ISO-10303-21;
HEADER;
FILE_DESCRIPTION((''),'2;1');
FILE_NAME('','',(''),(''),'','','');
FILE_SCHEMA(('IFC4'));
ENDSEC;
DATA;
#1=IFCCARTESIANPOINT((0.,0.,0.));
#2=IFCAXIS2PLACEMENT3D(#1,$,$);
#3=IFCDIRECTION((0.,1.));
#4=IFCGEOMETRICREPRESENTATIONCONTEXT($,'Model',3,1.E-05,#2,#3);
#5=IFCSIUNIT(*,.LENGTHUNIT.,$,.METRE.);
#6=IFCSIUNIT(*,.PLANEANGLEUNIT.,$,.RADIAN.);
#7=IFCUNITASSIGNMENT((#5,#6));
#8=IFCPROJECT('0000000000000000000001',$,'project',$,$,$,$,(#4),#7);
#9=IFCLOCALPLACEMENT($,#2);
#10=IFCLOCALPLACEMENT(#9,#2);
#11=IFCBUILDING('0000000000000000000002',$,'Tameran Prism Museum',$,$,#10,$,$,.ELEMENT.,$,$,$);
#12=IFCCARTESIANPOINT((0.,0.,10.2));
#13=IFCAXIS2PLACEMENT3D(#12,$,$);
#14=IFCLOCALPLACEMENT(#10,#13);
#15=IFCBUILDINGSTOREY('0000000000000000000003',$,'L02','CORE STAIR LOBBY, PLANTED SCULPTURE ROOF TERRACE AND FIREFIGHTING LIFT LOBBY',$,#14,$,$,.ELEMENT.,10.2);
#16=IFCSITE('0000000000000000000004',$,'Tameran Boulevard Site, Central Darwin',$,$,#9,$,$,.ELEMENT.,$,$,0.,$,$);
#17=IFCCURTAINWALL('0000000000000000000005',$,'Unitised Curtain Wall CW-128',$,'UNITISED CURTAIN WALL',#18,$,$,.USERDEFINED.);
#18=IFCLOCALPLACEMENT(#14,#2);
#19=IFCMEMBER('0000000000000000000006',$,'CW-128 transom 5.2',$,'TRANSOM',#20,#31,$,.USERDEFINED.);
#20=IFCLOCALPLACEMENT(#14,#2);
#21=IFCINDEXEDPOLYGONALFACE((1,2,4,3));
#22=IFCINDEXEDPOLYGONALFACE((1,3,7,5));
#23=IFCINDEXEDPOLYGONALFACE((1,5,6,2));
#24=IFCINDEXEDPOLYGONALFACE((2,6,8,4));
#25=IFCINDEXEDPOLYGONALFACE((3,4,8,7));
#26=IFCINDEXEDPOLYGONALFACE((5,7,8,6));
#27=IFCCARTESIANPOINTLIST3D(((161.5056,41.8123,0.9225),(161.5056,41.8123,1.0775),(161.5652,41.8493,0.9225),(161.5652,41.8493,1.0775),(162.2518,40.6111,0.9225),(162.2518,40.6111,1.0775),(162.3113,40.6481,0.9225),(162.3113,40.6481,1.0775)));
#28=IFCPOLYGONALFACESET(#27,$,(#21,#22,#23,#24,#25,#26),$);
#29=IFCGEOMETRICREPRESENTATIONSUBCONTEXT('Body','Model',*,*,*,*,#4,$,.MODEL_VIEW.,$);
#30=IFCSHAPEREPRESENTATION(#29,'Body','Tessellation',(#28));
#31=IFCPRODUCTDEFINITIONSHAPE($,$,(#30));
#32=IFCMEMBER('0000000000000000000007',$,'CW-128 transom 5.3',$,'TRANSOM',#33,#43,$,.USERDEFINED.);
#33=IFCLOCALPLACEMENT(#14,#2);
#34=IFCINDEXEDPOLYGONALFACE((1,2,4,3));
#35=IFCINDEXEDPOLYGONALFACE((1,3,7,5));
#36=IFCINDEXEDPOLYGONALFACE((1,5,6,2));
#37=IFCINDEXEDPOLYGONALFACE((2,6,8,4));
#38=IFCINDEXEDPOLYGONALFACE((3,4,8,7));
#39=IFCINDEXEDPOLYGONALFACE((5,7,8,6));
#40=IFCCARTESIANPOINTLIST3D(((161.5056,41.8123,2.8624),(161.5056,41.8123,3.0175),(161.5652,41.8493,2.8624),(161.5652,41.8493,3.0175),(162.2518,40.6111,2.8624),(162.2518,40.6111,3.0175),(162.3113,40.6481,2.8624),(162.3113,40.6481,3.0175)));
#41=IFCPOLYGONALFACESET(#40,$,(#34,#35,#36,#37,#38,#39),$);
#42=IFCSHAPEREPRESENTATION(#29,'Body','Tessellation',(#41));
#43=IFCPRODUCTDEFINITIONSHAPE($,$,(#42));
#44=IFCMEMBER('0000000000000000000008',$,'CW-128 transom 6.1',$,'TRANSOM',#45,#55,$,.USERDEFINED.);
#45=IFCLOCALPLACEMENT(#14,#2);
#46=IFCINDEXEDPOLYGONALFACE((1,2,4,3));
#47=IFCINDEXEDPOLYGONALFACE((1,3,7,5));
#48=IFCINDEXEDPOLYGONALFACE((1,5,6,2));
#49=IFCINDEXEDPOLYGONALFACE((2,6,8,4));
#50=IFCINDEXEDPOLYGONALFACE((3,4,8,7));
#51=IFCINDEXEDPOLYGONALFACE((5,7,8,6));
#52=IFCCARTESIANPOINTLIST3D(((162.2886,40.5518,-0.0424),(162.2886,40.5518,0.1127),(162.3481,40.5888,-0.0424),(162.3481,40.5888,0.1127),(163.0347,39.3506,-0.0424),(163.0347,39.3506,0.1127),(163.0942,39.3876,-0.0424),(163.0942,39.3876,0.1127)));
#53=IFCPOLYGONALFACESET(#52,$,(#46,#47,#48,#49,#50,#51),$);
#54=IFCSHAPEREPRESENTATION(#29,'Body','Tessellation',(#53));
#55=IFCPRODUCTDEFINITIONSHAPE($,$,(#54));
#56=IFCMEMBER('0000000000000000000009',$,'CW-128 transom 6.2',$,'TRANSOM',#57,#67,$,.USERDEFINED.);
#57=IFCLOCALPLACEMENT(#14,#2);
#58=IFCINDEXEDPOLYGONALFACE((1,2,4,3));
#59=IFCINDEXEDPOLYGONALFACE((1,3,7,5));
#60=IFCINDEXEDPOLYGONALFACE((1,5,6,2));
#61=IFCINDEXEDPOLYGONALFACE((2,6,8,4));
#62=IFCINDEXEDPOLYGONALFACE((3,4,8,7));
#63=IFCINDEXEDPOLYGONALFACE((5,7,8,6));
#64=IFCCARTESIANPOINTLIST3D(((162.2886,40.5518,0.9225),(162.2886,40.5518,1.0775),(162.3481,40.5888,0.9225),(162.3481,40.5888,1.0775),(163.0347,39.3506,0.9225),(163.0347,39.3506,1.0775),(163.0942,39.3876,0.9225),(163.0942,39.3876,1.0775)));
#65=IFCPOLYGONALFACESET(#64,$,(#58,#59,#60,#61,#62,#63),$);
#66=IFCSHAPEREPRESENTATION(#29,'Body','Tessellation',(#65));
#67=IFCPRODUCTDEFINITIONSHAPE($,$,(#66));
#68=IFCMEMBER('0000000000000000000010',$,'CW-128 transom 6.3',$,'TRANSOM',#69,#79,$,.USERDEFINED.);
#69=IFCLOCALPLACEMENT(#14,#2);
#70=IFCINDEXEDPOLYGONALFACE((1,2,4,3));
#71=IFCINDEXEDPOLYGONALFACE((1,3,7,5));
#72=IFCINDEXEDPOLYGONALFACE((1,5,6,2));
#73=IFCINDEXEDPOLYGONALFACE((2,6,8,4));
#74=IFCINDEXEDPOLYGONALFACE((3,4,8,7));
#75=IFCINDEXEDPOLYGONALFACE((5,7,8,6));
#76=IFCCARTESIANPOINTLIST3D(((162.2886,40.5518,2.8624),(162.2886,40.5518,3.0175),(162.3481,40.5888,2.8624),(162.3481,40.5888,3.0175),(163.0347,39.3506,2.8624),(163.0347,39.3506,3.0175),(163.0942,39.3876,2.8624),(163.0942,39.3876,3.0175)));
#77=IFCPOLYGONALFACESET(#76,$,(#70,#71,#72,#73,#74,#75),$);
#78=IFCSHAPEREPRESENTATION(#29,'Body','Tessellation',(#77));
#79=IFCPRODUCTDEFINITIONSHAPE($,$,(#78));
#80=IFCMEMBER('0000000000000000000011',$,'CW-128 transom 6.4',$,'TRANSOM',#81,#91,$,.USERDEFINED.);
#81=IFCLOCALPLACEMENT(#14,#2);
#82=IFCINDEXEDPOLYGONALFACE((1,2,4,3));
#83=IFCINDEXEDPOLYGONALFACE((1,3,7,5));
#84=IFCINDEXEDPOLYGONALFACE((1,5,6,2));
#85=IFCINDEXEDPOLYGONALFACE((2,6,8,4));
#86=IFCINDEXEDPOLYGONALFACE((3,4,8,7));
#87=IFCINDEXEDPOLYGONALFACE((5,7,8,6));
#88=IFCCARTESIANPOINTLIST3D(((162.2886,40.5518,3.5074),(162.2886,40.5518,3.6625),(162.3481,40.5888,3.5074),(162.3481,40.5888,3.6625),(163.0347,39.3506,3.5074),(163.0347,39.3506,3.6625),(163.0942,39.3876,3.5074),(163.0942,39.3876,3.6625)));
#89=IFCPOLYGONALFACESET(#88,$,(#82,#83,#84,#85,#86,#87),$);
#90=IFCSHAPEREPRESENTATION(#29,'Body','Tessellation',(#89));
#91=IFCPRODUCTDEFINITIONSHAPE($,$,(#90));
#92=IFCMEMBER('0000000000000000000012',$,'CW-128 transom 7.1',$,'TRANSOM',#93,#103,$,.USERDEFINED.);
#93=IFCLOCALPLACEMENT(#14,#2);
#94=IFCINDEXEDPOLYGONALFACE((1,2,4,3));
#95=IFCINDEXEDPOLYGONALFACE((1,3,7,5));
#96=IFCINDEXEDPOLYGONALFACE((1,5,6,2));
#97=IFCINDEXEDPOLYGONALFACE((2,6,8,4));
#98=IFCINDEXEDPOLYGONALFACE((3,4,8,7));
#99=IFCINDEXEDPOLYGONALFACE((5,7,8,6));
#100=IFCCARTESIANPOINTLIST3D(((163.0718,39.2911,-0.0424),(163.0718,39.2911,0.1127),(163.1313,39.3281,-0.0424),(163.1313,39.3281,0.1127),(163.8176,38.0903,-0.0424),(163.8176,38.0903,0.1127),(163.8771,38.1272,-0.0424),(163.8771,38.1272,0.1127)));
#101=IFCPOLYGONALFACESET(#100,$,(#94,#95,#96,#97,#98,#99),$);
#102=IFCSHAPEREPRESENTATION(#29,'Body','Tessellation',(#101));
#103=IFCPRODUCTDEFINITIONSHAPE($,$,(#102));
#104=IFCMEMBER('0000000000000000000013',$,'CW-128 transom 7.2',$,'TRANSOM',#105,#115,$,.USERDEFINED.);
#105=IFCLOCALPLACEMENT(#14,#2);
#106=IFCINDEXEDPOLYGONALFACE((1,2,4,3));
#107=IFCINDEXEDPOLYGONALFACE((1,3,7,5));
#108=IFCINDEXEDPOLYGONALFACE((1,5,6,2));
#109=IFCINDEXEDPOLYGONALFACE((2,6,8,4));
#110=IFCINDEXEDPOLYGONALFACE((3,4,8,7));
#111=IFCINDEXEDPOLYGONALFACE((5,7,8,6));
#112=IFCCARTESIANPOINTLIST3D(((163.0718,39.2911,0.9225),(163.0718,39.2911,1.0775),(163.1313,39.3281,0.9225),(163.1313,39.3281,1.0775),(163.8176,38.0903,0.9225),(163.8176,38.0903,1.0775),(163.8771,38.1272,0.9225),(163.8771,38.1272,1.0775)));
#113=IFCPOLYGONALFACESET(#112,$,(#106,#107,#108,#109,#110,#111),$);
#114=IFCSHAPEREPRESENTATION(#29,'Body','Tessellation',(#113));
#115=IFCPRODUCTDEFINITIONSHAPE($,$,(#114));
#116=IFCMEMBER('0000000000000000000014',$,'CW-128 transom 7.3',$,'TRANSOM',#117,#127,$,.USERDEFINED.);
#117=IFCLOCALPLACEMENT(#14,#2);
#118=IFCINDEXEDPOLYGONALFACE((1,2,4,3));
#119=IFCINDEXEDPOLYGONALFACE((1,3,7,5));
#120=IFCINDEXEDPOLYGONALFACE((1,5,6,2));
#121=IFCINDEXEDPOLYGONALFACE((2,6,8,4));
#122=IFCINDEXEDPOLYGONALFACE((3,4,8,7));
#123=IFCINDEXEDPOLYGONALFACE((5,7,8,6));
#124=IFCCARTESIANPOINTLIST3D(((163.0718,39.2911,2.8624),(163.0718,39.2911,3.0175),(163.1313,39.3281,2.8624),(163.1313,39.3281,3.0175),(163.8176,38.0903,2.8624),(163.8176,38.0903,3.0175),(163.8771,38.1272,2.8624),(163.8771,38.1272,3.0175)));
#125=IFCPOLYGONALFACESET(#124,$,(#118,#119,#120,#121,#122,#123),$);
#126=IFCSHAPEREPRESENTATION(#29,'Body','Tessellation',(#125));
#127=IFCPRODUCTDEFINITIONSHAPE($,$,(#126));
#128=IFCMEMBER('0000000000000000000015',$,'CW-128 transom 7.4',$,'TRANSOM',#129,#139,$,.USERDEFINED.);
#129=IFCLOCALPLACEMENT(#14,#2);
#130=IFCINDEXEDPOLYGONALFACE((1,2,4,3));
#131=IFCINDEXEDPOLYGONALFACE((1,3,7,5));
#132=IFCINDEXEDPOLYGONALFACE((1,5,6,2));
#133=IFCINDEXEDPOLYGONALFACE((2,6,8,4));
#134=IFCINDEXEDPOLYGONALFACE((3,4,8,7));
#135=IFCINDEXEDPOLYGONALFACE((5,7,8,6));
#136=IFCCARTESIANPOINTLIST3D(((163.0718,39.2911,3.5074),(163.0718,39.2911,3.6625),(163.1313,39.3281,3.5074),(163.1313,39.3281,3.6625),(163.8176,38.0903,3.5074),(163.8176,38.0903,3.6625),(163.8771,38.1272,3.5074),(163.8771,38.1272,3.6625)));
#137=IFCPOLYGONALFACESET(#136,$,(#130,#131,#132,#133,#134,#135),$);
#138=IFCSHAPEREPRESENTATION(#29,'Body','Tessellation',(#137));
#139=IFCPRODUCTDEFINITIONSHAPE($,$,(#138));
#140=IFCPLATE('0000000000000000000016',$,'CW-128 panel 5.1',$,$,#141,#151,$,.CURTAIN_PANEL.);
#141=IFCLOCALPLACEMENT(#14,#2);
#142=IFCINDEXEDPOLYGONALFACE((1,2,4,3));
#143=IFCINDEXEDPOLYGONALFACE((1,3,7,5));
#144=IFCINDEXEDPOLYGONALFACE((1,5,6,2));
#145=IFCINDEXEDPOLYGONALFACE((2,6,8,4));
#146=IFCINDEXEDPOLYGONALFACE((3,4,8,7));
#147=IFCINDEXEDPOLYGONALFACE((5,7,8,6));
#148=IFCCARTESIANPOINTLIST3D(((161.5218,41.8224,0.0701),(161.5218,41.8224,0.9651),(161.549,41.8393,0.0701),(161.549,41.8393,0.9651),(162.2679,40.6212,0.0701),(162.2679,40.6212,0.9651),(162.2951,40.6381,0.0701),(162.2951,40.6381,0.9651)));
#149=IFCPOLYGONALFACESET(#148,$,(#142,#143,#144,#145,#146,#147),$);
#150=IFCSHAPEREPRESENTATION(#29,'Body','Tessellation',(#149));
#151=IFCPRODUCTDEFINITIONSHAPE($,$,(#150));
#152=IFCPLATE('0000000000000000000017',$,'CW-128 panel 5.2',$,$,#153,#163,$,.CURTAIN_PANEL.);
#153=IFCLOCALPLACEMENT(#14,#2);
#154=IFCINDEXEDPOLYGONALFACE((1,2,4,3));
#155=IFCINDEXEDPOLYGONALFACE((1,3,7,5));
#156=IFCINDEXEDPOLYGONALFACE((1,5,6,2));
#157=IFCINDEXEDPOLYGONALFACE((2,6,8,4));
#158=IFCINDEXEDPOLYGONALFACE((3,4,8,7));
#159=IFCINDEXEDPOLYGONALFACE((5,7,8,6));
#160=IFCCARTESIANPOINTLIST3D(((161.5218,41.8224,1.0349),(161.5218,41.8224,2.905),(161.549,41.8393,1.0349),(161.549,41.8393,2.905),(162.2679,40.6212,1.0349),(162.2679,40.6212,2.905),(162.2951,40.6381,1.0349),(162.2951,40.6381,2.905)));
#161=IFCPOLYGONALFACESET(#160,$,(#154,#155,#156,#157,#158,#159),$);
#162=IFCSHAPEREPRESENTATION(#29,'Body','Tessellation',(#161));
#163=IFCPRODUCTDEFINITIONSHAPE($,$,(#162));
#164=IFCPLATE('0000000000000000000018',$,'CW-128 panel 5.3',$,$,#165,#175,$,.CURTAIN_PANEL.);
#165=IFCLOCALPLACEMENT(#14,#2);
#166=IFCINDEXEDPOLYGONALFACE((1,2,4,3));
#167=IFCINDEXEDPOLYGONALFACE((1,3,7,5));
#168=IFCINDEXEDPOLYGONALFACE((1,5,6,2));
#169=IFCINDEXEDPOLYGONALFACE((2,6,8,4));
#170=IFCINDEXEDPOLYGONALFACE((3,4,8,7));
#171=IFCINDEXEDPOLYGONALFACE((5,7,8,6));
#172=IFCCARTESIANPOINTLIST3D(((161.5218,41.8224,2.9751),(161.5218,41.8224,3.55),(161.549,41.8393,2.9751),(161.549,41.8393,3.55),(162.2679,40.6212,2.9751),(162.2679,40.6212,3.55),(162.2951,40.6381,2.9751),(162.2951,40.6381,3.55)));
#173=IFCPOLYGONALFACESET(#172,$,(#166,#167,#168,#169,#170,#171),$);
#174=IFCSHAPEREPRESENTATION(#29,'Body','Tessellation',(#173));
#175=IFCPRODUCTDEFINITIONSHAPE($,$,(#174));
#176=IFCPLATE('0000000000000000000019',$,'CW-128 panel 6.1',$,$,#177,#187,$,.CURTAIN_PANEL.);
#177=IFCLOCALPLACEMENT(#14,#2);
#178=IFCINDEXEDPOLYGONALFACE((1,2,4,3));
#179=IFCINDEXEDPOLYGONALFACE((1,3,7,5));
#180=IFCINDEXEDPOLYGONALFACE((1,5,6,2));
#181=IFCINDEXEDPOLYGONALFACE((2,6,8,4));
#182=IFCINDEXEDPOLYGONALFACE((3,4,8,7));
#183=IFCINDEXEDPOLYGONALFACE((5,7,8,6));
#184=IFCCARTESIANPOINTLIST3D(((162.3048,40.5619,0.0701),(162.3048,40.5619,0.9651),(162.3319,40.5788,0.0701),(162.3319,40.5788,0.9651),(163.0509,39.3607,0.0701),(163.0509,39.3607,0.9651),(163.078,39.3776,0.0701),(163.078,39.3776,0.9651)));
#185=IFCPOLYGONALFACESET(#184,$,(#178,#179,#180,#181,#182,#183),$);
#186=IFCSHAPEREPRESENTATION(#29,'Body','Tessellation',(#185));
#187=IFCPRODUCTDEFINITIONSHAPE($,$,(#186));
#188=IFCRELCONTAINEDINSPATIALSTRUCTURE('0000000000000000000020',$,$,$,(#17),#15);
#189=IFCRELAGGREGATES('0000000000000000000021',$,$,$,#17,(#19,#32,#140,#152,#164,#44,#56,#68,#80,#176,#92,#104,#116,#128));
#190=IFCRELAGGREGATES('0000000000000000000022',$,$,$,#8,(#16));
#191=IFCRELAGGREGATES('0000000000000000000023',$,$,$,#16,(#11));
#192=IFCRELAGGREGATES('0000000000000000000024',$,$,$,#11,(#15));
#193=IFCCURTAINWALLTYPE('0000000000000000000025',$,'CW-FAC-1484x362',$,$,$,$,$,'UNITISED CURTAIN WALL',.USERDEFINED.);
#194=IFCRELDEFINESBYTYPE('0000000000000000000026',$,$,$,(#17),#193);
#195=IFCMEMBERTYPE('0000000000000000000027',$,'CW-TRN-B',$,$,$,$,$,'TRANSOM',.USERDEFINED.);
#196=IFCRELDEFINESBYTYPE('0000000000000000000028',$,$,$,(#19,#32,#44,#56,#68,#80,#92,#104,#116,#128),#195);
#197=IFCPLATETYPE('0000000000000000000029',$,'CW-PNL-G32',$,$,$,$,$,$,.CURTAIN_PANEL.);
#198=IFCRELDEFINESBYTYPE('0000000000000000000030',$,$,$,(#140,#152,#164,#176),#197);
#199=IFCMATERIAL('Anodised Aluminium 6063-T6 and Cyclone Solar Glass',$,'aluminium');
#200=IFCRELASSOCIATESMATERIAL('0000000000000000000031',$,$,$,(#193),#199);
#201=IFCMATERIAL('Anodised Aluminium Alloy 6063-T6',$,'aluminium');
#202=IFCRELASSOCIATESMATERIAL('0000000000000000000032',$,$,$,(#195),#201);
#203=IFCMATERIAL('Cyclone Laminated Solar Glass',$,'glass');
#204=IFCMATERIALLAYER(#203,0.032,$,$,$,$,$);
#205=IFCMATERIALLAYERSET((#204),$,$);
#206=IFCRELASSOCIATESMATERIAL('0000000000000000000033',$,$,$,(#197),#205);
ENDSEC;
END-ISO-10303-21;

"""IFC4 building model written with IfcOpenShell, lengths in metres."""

from ifc_helpers import new_model, si_unit, direction, frame, origin, origin_2d, place, context, subcontext, project, spatial, rectangle, extrude, material, layer, layer_set, material_profile, profile_set, type_object, element, aggregate, save


model = new_model("IFC4")

# Units and contexts
model_context = context("Model", 3, precision=1e-05, world=origin(), true_north=direction((0.0, 1.0)))
body_context = subcontext(model_context, "Body", "Model", "MODEL_VIEW")
ifc_project = project(units=[si_unit("LENGTHUNIT", "METRE"), si_unit("PLANEANGLEUNIT", "RADIAN")], contexts=[model_context])

# Site, building, storey
site_placement = place(None, origin())
site = spatial("IfcSite", under=ifc_project, at=site_placement, Name="Tameran Boulevard Site, Central Darwin", CompositionType="ELEMENT", RefElevation=0.0)
building_placement = place(site_placement, origin())
building = spatial("IfcBuilding", under=site, at=building_placement, Name="Tameran Prism Museum", CompositionType="ELEMENT")
storey_placement = place(building_placement, frame((0.0, 0.0, 10.2)))
storey = spatial("IfcBuildingStorey", under=building, at=storey_placement, Name="L02", Description="CORE STAIR LOBBY, PLANTED SCULPTURE ROOF TERRACE AND FIREFIGHTING LIFT LOBBY", CompositionType="ELEMENT", Elevation=10.2)

# Curtain wall, members, plates
ifc_material_1 = material(Name="Anodised Aluminium 6063-T6 and Cyclone Solar Glass", Category="aluminium")
curtain_wall_type = type_object("IfcCurtainWallType", Name="CW-FAC-1484x362", ElementType="UNITISED CURTAIN WALL", PredefinedType="USERDEFINED", material=ifc_material_1)
curtain_wall_placement = place(storey_placement, origin())
curtain_wall = element("IfcCurtainWall", 1, at=curtain_wall_placement, inside=storey, type_object=curtain_wall_type, Name="Unitised Curtain Wall CW-128", ObjectType="UNITISED CURTAIN WALL", PredefinedType="USERDEFINED")
ifc_material_2 = material(Name="Anodised Aluminium Alloy 6063-T6", Category="aluminium")
ifc_material_profile_1 = material_profile(ifc_material_2, rectangle(XDim=0.0701, YDim=0.155, at=origin_2d()))
ifc_profile_set_1 = profile_set([ifc_material_profile_1])
member_type_1 = type_object("IfcMemberType", Name="CW-TRN-B", ElementType="TRANSOM", PredefinedType="USERDEFINED", material=ifc_profile_set_1)
member_1_placement = place(storey_placement, frame((161.5354, 41.8308, 1.0), z_axis=(0.527638, -0.849469, 0.0), x_axis=(0.849469, 0.527638, 0.0)))
member_1 = element("IfcMember", 2, at=member_1_placement, type_object=member_type_1, Name="CW-128 transom 5.2", ObjectType="TRANSOM", PredefinedType="USERDEFINED", context=body_context, shape_type="SweptSolid", body=[
    extrude(rectangle(XDim=0.0701, YDim=0.155, at=origin_2d()), origin(), (0.0, 0.0, 1.0), 1.4141),
])
member_2_placement = place(storey_placement, frame((161.5354, 41.8308, 2.9399), z_axis=(0.527638, -0.849469, 0.0), x_axis=(0.849469, 0.527638, 0.0)))
member_2 = element("IfcMember", 3, at=member_2_placement, type_object=member_type_1, Name="CW-128 transom 5.3", ObjectType="TRANSOM", PredefinedType="USERDEFINED", context=body_context, shape_type="SweptSolid", body=[
    extrude(rectangle(XDim=0.0701, YDim=0.155, at=origin_2d()), origin(), (0.0, 0.0, 1.0), 1.4141),
])
member_3_placement = place(storey_placement, frame((162.3184, 40.5703, 0.0352), z_axis=(0.527638, -0.849469, 0.0), x_axis=(0.849469, 0.527638, 0.0)))
member_3 = element("IfcMember", 4, at=member_3_placement, type_object=member_type_1, Name="CW-128 transom 6.1", ObjectType="TRANSOM", PredefinedType="USERDEFINED", context=body_context, shape_type="SweptSolid", body=[
    extrude(rectangle(XDim=0.0701, YDim=0.155, at=origin_2d()), origin(), (0.0, 0.0, 1.0), 1.4141),
])
member_4_placement = place(storey_placement, frame((162.3184, 40.5703, 1.0), z_axis=(0.527638, -0.849469, 0.0), x_axis=(0.849469, 0.527638, 0.0)))
member_4 = element("IfcMember", 5, at=member_4_placement, type_object=member_type_1, Name="CW-128 transom 6.2", ObjectType="TRANSOM", PredefinedType="USERDEFINED", context=body_context, shape_type="SweptSolid", body=[
    extrude(rectangle(XDim=0.0701, YDim=0.155, at=origin_2d()), origin(), (0.0, 0.0, 1.0), 1.4141),
])
member_5_placement = place(storey_placement, frame((162.3184, 40.5703, 2.9399), z_axis=(0.527638, -0.849469, 0.0), x_axis=(0.849469, 0.527638, 0.0)))
member_5 = element("IfcMember", 6, at=member_5_placement, type_object=member_type_1, Name="CW-128 transom 6.3", ObjectType="TRANSOM", PredefinedType="USERDEFINED", context=body_context, shape_type="SweptSolid", body=[
    extrude(rectangle(XDim=0.0701, YDim=0.155, at=origin_2d()), origin(), (0.0, 0.0, 1.0), 1.4141),
])
member_6_placement = place(storey_placement, frame((162.3184, 40.5703, 3.585), z_axis=(0.527638, -0.849469, 0.0), x_axis=(0.849469, 0.527638, 0.0)))
member_6 = element("IfcMember", 7, at=member_6_placement, type_object=member_type_1, Name="CW-128 transom 6.4", ObjectType="TRANSOM", PredefinedType="USERDEFINED", context=body_context, shape_type="SweptSolid", body=[
    extrude(rectangle(XDim=0.0701, YDim=0.155, at=origin_2d()), origin(), (0.0, 0.0, 1.0), 1.4141),
])
member_7_placement = place(storey_placement, frame((163.1016, 39.3096, 0.0352), z_axis=(0.527591, -0.849499, 0.0), x_axis=(0.849499, 0.527591, 0.0)))
member_7 = element("IfcMember", 8, at=member_7_placement, type_object=member_type_1, Name="CW-128 transom 7.1", ObjectType="TRANSOM", PredefinedType="USERDEFINED", context=body_context, shape_type="SweptSolid", body=[
    extrude(rectangle(XDim=0.0701, YDim=0.155, at=origin_2d()), origin(), (0.0, 0.0, 1.0), 1.4136),
])
member_8_placement = place(storey_placement, frame((163.1016, 39.3096, 1.0), z_axis=(0.527591, -0.849499, 0.0), x_axis=(0.849499, 0.527591, 0.0)))
member_8 = element("IfcMember", 9, at=member_8_placement, type_object=member_type_1, Name="CW-128 transom 7.2", ObjectType="TRANSOM", PredefinedType="USERDEFINED", context=body_context, shape_type="SweptSolid", body=[
    extrude(rectangle(XDim=0.0701, YDim=0.155, at=origin_2d()), origin(), (0.0, 0.0, 1.0), 1.4136),
])
member_9_placement = place(storey_placement, frame((163.1016, 39.3096, 2.9399), z_axis=(0.527591, -0.849499, 0.0), x_axis=(0.849499, 0.527591, 0.0)))
member_9 = element("IfcMember", 10, at=member_9_placement, type_object=member_type_1, Name="CW-128 transom 7.3", ObjectType="TRANSOM", PredefinedType="USERDEFINED", context=body_context, shape_type="SweptSolid", body=[
    extrude(rectangle(XDim=0.0701, YDim=0.155, at=origin_2d()), origin(), (0.0, 0.0, 1.0), 1.4136),
])
member_10_placement = place(storey_placement, frame((163.1016, 39.3096, 3.585), z_axis=(0.527591, -0.849499, 0.0), x_axis=(0.849499, 0.527591, 0.0)))
member_10 = element("IfcMember", 11, at=member_10_placement, type_object=member_type_1, Name="CW-128 transom 7.4", ObjectType="TRANSOM", PredefinedType="USERDEFINED", context=body_context, shape_type="SweptSolid", body=[
    extrude(rectangle(XDim=0.0701, YDim=0.155, at=origin_2d()), origin(), (0.0, 0.0, 1.0), 1.4136),
])
ifc_material_3 = material(Name="Cyclone Laminated Solar Glass", Category="glass")
ifc_layer_1 = layer(ifc_material_3, 0.032)
ifc_layer_set_1 = layer_set([ifc_layer_1])
plate_type = type_object("IfcPlateType", Name="CW-PNL-G32", PredefinedType="CURTAIN_PANEL", material=ifc_layer_set_1)
plate_1_placement = place(storey_placement, frame((161.9084, 41.2302, 0.0701), z_axis=(0.0, 0.0, 1.0), x_axis=(0.527635, -0.849471, 0.0)))
plate_1 = element("IfcPlate", 12, at=plate_1_placement, type_object=plate_type, Name="CW-128 panel 5.1", PredefinedType="CURTAIN_PANEL", context=body_context, shape_type="SweptSolid", body=[
    extrude(rectangle(XDim=1.4141, YDim=0.032, at=origin_2d()), origin(), (0.0, 0.0, 1.0), 0.895),
])
plate_2_placement = place(storey_placement, frame((161.9084, 41.2302, 1.0349), z_axis=(0.0, 0.0, 1.0), x_axis=(0.527635, -0.849471, 0.0)))
plate_2 = element("IfcPlate", 13, at=plate_2_placement, type_object=plate_type, Name="CW-128 panel 5.2", PredefinedType="CURTAIN_PANEL", context=body_context, shape_type="SweptSolid", body=[
    extrude(rectangle(XDim=1.4141, YDim=0.032, at=origin_2d()), origin(), (0.0, 0.0, 1.0), 1.8701),
])
plate_3_placement = place(storey_placement, frame((161.9084, 41.2302, 2.9751), z_axis=(0.0, 0.0, 1.0), x_axis=(0.527635, -0.849471, 0.0)))
plate_3 = element("IfcPlate", 14, at=plate_3_placement, type_object=plate_type, Name="CW-128 panel 5.3", PredefinedType="CURTAIN_PANEL", context=body_context, shape_type="SweptSolid", body=[
    extrude(rectangle(XDim=1.4141, YDim=0.032, at=origin_2d()), origin(), (0.0, 0.0, 1.0), 0.575),
])
plate_4_placement = place(storey_placement, frame((162.6914, 39.9697, 0.0701), z_axis=(0.0, 0.0, 1.0), x_axis=(0.527635, -0.849471, 0.0)))
plate_4 = element("IfcPlate", 15, at=plate_4_placement, type_object=plate_type, Name="CW-128 panel 6.1", PredefinedType="CURTAIN_PANEL", context=body_context, shape_type="SweptSolid", body=[
    extrude(rectangle(XDim=1.4141, YDim=0.032, at=origin_2d()), origin(), (0.0, 0.0, 1.0), 0.895),
])
aggregate(curtain_wall, [member_1, member_2, plate_1, plate_2, plate_3, member_3, member_4, member_5, member_6, plate_4, member_7, member_8, member_9, member_10])

save(model, "model.ifc")
